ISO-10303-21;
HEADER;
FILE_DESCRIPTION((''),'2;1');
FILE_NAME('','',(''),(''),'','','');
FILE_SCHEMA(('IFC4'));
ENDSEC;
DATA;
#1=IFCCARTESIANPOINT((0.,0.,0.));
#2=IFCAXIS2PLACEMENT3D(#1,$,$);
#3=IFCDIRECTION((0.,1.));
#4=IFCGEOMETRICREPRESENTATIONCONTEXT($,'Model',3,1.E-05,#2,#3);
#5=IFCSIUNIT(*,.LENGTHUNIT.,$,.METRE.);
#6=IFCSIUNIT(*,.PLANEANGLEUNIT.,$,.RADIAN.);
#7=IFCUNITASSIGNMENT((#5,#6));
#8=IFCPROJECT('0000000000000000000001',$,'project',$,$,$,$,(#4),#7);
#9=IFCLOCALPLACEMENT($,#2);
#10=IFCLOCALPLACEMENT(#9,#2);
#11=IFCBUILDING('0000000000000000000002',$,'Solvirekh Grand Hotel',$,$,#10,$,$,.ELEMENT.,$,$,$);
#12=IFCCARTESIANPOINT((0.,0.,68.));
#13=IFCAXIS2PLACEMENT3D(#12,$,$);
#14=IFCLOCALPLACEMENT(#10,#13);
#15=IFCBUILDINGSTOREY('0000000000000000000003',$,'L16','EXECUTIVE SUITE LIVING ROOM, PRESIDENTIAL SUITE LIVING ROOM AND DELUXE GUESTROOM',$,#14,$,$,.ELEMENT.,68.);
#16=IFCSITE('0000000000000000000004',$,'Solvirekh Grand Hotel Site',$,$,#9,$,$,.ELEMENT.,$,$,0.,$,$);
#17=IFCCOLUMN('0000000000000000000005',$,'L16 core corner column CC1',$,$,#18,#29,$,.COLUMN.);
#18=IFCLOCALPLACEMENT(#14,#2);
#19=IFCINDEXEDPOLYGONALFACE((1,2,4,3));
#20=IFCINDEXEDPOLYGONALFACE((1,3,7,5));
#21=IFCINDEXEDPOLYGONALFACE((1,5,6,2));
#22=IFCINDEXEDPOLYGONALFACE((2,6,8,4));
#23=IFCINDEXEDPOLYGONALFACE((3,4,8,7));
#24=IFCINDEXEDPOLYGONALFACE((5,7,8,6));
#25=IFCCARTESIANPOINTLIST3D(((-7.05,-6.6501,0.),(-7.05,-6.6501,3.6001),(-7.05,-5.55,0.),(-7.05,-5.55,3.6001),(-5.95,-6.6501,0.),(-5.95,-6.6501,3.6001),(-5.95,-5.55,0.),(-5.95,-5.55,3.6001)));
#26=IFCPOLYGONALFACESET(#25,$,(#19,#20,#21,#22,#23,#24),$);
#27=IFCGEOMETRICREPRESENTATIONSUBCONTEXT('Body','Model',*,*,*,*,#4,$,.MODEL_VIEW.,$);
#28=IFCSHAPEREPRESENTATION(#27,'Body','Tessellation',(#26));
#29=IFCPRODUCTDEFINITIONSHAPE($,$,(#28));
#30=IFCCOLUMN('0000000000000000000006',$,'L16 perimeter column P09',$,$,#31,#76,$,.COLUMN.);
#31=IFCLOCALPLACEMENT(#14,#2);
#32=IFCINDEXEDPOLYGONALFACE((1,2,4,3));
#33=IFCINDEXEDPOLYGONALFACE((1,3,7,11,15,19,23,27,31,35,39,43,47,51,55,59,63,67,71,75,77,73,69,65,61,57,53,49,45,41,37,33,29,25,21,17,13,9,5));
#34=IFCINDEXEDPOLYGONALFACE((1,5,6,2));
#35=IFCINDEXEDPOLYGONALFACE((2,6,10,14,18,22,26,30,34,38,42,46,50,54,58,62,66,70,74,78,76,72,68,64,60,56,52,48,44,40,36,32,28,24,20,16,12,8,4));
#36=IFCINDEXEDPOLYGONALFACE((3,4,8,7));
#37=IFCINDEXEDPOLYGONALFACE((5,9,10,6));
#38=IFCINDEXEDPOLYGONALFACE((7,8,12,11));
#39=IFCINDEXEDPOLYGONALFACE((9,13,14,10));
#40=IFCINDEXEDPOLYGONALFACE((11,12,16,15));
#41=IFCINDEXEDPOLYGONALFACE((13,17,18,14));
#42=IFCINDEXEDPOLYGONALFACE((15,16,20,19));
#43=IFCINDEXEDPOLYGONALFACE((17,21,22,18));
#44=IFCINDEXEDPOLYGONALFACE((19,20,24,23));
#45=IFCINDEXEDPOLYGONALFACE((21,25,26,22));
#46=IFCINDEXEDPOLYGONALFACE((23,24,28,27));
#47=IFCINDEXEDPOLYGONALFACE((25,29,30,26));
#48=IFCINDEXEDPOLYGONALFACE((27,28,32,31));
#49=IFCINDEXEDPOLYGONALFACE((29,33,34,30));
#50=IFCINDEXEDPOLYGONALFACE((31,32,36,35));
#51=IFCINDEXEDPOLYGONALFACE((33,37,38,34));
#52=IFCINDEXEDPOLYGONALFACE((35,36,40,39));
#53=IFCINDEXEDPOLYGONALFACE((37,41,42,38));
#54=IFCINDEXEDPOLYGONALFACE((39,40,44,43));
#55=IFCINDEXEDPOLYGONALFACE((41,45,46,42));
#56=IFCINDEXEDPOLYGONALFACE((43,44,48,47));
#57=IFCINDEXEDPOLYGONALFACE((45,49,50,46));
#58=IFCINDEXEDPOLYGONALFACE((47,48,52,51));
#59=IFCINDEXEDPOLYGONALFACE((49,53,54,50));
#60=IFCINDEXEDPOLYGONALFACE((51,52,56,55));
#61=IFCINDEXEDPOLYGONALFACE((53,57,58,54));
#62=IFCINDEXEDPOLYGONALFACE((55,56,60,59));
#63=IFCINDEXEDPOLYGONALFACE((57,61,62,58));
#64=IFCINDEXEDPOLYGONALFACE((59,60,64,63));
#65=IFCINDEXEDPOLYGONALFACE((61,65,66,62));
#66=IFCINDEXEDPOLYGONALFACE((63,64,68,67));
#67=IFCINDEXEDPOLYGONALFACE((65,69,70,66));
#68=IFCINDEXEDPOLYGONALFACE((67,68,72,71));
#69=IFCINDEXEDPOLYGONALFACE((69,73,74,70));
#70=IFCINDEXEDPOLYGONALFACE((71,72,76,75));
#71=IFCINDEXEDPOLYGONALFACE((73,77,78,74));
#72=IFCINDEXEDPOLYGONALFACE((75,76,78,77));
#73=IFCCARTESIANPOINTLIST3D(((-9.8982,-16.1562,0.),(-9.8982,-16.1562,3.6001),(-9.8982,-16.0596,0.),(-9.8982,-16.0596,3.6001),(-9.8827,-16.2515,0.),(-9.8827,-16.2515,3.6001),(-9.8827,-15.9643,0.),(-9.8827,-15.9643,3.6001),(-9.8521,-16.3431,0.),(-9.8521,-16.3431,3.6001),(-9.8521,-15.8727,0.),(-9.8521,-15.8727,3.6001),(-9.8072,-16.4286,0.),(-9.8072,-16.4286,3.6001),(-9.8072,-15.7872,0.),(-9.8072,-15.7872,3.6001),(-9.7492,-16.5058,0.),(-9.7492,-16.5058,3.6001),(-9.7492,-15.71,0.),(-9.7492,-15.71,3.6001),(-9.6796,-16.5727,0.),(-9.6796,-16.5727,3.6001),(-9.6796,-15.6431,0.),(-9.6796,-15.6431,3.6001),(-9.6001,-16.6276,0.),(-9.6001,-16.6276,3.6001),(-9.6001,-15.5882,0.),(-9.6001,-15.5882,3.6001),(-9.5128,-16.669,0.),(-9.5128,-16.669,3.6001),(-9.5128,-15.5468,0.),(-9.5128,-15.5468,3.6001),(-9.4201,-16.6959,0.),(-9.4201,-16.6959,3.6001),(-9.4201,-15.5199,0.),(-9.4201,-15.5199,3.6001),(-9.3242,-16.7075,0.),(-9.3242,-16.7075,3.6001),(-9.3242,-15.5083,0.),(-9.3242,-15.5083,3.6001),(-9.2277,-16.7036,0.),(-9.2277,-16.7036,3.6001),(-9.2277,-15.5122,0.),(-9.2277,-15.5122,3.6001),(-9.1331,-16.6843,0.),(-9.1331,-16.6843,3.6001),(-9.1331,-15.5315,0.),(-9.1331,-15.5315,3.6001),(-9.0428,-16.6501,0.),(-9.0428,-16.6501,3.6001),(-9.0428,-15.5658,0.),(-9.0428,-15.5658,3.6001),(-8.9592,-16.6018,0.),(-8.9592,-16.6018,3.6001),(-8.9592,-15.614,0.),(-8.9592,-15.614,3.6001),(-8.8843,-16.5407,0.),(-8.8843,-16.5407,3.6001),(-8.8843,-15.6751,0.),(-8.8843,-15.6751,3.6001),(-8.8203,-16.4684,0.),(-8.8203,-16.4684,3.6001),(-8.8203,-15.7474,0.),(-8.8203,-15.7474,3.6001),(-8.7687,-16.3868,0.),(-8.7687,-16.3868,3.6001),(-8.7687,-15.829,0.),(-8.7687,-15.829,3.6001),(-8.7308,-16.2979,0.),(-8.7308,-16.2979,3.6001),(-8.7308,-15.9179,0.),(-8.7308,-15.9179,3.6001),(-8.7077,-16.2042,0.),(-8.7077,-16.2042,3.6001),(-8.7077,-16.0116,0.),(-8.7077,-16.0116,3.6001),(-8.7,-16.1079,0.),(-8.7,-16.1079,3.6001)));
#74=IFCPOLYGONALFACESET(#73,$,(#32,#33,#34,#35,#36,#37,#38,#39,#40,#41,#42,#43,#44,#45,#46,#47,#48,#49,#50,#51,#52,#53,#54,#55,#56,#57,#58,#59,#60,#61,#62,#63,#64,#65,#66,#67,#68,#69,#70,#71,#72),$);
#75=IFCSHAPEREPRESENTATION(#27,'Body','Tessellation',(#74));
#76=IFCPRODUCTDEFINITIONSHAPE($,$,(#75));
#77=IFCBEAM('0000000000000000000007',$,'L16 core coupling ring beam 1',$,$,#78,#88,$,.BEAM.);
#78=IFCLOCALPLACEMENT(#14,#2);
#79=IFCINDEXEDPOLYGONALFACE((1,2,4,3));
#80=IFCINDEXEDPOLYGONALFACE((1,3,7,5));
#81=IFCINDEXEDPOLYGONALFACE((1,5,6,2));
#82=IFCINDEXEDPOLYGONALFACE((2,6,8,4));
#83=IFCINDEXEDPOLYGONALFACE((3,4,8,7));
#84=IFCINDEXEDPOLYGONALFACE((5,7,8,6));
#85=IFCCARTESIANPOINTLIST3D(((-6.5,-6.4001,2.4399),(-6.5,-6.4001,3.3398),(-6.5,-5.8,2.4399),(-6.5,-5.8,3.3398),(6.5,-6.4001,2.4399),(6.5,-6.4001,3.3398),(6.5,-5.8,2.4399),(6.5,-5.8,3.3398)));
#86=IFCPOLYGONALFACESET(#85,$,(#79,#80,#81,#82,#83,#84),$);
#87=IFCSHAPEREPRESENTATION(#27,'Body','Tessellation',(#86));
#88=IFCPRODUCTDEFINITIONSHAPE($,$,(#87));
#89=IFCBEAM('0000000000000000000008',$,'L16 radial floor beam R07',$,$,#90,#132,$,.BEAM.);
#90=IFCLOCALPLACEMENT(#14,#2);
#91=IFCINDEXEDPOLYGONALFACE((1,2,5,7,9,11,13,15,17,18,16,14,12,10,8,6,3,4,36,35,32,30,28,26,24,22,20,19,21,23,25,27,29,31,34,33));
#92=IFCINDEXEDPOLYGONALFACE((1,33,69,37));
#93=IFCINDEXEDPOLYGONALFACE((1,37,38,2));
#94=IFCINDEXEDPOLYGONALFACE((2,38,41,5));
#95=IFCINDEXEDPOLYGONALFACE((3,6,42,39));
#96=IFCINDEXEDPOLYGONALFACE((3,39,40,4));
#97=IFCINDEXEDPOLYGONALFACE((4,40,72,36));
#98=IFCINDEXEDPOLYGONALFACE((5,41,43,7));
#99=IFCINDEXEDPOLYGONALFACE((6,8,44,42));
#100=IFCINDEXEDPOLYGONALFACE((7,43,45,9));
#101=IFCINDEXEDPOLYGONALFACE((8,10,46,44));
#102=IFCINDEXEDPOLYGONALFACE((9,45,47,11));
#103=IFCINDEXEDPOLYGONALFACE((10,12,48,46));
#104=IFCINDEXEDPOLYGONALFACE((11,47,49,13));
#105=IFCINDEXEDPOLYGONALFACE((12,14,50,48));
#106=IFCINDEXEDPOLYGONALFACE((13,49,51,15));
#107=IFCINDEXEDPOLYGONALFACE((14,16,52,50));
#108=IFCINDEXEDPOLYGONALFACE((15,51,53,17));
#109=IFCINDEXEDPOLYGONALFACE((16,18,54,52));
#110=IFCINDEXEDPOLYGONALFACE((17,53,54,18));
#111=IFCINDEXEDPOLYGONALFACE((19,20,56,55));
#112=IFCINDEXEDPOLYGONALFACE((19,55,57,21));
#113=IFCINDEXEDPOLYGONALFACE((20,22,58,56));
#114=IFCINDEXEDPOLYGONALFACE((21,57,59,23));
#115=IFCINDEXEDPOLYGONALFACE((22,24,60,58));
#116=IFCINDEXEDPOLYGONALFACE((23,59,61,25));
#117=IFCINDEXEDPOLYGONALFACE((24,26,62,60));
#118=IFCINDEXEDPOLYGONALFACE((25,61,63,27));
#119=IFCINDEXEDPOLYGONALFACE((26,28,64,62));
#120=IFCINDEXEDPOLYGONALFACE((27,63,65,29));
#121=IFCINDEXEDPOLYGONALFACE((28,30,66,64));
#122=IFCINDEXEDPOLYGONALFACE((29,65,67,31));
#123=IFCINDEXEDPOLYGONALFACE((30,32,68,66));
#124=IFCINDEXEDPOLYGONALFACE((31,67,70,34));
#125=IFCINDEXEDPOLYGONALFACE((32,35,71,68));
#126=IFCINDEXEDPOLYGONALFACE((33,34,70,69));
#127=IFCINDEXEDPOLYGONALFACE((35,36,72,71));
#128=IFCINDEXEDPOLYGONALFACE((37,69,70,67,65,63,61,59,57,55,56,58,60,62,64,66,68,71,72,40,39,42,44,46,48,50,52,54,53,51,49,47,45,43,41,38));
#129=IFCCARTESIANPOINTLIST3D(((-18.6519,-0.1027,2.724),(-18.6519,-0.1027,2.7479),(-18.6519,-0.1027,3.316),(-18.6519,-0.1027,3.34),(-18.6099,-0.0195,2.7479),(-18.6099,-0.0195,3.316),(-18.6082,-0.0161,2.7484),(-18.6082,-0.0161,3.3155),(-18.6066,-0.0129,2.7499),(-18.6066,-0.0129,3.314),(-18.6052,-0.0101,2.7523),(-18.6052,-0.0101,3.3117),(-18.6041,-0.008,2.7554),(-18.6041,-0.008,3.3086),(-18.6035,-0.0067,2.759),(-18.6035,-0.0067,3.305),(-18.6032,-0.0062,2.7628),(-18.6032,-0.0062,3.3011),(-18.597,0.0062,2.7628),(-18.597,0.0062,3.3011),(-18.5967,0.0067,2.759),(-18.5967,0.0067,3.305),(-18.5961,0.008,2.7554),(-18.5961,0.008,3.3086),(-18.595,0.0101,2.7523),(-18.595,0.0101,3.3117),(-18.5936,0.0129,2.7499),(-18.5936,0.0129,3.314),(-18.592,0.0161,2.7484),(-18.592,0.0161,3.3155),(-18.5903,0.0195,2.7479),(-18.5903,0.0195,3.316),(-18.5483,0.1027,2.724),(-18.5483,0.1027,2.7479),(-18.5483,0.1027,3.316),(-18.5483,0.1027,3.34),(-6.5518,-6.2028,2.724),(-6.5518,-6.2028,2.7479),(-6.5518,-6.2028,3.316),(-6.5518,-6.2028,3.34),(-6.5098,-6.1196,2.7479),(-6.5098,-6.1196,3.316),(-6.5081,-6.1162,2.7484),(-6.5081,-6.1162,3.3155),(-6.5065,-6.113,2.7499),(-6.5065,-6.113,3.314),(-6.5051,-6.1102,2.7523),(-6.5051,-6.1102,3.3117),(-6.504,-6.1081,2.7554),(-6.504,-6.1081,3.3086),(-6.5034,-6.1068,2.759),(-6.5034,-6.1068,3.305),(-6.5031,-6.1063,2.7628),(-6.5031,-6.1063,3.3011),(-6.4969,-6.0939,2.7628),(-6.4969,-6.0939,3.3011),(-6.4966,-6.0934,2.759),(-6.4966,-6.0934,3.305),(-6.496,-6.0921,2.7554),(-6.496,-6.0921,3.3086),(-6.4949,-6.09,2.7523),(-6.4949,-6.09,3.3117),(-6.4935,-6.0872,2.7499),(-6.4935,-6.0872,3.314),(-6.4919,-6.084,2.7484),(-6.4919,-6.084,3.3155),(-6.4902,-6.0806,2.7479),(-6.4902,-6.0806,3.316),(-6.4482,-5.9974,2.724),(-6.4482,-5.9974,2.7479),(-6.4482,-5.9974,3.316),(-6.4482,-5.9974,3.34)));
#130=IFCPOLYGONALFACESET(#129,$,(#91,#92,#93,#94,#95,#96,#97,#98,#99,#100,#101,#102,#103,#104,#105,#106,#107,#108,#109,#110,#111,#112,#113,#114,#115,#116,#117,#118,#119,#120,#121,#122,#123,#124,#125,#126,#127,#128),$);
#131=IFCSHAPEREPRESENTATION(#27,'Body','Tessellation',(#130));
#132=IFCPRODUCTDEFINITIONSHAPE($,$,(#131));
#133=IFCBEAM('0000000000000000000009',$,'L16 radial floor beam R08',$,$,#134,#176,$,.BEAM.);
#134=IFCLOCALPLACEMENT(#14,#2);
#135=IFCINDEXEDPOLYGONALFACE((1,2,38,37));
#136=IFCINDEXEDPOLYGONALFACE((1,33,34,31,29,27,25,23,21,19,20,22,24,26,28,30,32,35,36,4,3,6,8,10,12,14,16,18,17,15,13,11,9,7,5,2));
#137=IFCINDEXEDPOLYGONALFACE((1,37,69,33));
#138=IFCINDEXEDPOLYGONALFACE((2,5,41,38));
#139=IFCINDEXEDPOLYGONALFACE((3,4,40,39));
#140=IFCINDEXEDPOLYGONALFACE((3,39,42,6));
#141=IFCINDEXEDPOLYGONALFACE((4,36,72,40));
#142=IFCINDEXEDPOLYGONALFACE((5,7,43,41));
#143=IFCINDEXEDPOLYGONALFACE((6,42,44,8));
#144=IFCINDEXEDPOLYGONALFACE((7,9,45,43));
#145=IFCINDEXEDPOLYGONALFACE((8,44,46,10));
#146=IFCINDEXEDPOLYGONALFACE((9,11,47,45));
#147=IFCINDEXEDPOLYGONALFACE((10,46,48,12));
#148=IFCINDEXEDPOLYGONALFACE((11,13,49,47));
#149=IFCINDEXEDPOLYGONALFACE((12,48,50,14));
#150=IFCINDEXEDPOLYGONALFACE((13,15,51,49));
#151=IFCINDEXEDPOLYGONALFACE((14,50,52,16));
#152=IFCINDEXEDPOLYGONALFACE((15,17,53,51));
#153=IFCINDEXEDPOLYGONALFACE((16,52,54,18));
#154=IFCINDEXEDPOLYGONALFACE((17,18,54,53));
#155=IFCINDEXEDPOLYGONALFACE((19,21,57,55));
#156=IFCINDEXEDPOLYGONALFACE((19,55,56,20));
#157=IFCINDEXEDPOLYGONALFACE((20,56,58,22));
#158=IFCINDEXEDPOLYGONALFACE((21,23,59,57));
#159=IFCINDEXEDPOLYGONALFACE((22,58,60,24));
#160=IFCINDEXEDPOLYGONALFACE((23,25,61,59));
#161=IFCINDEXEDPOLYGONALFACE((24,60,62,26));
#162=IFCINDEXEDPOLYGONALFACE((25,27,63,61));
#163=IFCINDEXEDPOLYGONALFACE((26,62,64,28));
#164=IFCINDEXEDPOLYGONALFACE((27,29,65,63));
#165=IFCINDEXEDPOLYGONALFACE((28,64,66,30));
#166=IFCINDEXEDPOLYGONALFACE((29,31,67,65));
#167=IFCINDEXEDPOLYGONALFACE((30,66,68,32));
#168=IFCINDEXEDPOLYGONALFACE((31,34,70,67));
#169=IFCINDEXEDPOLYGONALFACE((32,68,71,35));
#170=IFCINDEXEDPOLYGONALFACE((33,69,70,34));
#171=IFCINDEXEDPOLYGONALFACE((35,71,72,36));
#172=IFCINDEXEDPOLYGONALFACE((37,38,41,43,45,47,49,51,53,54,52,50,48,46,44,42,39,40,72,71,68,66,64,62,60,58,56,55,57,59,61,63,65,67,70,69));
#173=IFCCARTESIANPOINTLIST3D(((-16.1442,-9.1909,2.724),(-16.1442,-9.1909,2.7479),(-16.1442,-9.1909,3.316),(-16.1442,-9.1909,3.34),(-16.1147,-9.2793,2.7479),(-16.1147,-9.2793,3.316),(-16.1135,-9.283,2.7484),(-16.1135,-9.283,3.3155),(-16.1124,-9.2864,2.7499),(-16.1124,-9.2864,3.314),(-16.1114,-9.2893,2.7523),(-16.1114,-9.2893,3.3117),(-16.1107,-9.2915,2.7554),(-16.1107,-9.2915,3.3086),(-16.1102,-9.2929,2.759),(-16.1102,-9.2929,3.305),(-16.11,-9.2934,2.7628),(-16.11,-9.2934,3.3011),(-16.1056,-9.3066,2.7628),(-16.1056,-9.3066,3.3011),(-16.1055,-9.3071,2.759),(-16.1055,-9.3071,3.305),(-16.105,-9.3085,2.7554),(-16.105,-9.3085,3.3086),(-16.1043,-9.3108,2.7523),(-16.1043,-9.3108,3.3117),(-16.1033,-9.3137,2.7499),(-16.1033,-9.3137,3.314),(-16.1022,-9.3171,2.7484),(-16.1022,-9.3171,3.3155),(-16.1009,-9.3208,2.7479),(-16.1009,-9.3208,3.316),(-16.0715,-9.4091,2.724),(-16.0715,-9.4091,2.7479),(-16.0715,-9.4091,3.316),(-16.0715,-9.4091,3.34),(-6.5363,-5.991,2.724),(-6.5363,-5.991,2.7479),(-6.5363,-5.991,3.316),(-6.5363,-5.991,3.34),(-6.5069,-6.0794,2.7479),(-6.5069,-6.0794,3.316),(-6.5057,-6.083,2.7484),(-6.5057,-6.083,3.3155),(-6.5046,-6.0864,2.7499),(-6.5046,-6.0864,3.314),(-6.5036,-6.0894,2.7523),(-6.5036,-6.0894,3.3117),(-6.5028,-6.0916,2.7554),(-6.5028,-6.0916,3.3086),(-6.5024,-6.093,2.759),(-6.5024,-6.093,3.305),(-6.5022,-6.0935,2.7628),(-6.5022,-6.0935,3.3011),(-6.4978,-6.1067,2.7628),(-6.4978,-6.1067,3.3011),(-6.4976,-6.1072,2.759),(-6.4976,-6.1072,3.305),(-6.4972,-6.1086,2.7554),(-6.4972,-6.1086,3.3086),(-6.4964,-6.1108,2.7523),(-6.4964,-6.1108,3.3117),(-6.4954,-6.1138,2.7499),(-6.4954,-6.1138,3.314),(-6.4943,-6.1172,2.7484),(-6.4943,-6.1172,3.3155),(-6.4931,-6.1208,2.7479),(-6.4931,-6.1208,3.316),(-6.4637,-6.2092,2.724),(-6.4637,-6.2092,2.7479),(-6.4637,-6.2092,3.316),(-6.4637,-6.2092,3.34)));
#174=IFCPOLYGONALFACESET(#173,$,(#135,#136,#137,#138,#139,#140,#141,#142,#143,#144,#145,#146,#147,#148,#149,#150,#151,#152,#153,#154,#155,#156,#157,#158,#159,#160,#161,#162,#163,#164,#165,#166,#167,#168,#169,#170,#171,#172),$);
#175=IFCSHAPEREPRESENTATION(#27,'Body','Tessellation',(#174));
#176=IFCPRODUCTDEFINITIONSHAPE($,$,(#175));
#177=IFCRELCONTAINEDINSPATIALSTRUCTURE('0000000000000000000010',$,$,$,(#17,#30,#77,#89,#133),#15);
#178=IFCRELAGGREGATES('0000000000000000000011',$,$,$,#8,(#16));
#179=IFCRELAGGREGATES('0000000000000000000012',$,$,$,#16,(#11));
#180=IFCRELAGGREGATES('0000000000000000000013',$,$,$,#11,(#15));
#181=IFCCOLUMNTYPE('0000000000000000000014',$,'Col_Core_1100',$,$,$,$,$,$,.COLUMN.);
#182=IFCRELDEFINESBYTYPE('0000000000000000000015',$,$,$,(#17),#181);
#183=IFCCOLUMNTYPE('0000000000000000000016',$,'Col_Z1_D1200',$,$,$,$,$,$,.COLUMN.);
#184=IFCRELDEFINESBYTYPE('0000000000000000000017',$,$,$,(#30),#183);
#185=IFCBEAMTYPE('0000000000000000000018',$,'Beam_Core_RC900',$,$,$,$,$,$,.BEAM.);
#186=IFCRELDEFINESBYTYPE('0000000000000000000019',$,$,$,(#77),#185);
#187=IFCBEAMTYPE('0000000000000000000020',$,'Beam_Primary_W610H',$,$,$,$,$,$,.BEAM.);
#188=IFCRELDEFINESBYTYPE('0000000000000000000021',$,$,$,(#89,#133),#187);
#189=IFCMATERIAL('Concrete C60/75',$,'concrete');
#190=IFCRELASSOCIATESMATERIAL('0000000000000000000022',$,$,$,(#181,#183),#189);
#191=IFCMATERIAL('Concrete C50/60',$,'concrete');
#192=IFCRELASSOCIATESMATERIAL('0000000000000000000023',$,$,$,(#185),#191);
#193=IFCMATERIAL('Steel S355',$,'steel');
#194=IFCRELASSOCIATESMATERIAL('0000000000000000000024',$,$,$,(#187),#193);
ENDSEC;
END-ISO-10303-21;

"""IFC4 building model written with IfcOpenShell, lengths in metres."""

from ifc_helpers import new_model, si_unit, direction, frame, origin, origin_2d, place, context, subcontext, project, spatial, rectangle, circle, i_section, extrude, material, material_profile, profile_set, type_object, element, save


model = new_model("IFC4")

# Units and contexts
model_context = context("Model", 3, precision=1e-05, world=origin(), true_north=direction((0.0, 1.0)))
body_context = subcontext(model_context, "Body", "Model", "MODEL_VIEW")
ifc_project = project(units=[si_unit("LENGTHUNIT", "METRE"), si_unit("PLANEANGLEUNIT", "RADIAN")], contexts=[model_context])

# Site, building, storey
site_placement = place(None, origin())
site = spatial("IfcSite", under=ifc_project, at=site_placement, Name="Solvirekh Grand Hotel Site", CompositionType="ELEMENT", RefElevation=0.0)
building_placement = place(site_placement, origin())
building = spatial("IfcBuilding", under=site, at=building_placement, Name="Solvirekh Grand Hotel", CompositionType="ELEMENT")
storey_placement = place(building_placement, frame((0.0, 0.0, 68.0)))
storey = spatial("IfcBuildingStorey", under=building, at=storey_placement, Name="L16", Description="EXECUTIVE SUITE LIVING ROOM, PRESIDENTIAL SUITE LIVING ROOM AND DELUXE GUESTROOM", CompositionType="ELEMENT", Elevation=68.0)

# Columns
ifc_material_1 = material(Name="Concrete C60/75", Category="concrete")
ifc_material_profile_1 = material_profile(ifc_material_1, rectangle(XDim=1.1001, YDim=1.1001, at=origin_2d()), Name="RC 1100X1100")
ifc_profile_set_1 = profile_set([ifc_material_profile_1], Name="Concrete C60/75")
column_type_1 = type_object("IfcColumnType", Name="Col_Core_1100", PredefinedType="COLUMN", material=ifc_profile_set_1)
column_1_placement = place(storey_placement, frame((-6.5, -6.1001, 0.0), z_axis=(0.0, 0.0, 1.0), x_axis=(1.0, 0.0, 0.0)))
element("IfcColumn", 1, at=column_1_placement, inside=storey, type_object=column_type_1, Name="L16 core corner column CC1", PredefinedType="COLUMN", context=body_context, shape_type="SweptSolid", body=[
    extrude(rectangle(XDim=1.1001, YDim=1.1001, at=origin_2d()), origin(), (0.0, 0.0, 1.0), 3.6001),
])
ifc_material_profile_2 = material_profile(ifc_material_1, circle(Radius=0.6001, at=origin_2d()), Name="RC CIRC D1200")
ifc_profile_set_2 = profile_set([ifc_material_profile_2], Name="Concrete C60/75")
column_type_2 = type_object("IfcColumnType", Name="Col_Z1_D1200", PredefinedType="COLUMN", material=ifc_profile_set_2)
column_2_placement = place(storey_placement, frame((-9.3, -16.1079, 0.0), z_axis=(0.0, 0.0, 1.0), x_axis=(1.0, 0.0, 0.0)))
element("IfcColumn", 2, at=column_2_placement, inside=storey, type_object=column_type_2, Name="L16 perimeter column P09", PredefinedType="COLUMN", context=body_context, shape_type="SweptSolid", body=[
    extrude(circle(Radius=0.6001, at=origin_2d()), origin(), (0.0, 0.0, 1.0), 3.6001),
])

# Beams
ifc_material_2 = material(Name="Concrete C50/60", Category="concrete")
ifc_material_profile_3 = material_profile(ifc_material_2, rectangle(XDim=0.6001, YDim=0.8999, at=origin_2d()), Name="RC BEAM 600X900")
ifc_profile_set_3 = profile_set([ifc_material_profile_3], Name="Concrete C50/60")
beam_type_1 = type_object("IfcBeamType", Name="Beam_Core_RC900", PredefinedType="BEAM", material=ifc_profile_set_3)
beam_1_placement = place(storey_placement, frame((-6.5, -6.1001, 2.8899), z_axis=(1.0, 0.0, 0.0), x_axis=(0.0, 1.0, 0.0)))
element("IfcBeam", 3, at=beam_1_placement, inside=storey, type_object=beam_type_1, Name="L16 core coupling ring beam 1", PredefinedType="BEAM", context=body_context, shape_type="SweptSolid", body=[
    extrude(rectangle(XDim=0.6001, YDim=0.8999, at=origin_2d()), origin(), (0.0, 0.0, 1.0), 13.0),
])
ifc_material_3 = material(Name="Steel S355", Category="steel")
ifc_material_profile_4 = material_profile(ifc_material_3, i_section(OverallWidth=0.23, OverallDepth=0.616, WebThickness=0.0139, FlangeThickness=0.0239, FilletRadius=0.0149, at=origin_2d()), Name="W610X174")
ifc_profile_set_4 = profile_set([ifc_material_profile_4], Name="Steel S355")
beam_type_2 = type_object("IfcBeamType", Name="Beam_Primary_W610H", PredefinedType="BEAM", material=ifc_profile_set_4)
beam_2_placement = place(storey_placement, frame((-6.5, -6.1001, 3.032), z_axis=(-0.892945, 0.450166, 0.0), x_axis=(-0.450166, -0.892945, 0.0)))
element("IfcBeam", 4, at=beam_2_placement, inside=storey, type_object=beam_type_2, Name="L16 radial floor beam R07", PredefinedType="BEAM", context=body_context, shape_type="SweptSolid", body=[
    extrude(i_section(OverallWidth=0.23, OverallDepth=0.616, WebThickness=0.0139, FlangeThickness=0.0239, FilletRadius=0.0149, at=origin_2d()), origin(), (0.0, 0.0, 1.0), 13.5508),
])
beam_3_placement = place(storey_placement, frame((-6.5, -6.1001, 3.032), z_axis=(-0.948763, -0.315989, 0.0), x_axis=(0.315989, -0.948763, 0.0)))
element("IfcBeam", 5, at=beam_3_placement, inside=storey, type_object=beam_type_2, Name="L16 radial floor beam R08", PredefinedType="BEAM", context=body_context, shape_type="SweptSolid", body=[
    extrude(i_section(OverallWidth=0.23, OverallDepth=0.616, WebThickness=0.0139, FlangeThickness=0.0239, FilletRadius=0.0149, at=origin_2d()), origin(), (0.0, 0.0, 1.0), 10.1267),
])

save(model, "model.ifc")
